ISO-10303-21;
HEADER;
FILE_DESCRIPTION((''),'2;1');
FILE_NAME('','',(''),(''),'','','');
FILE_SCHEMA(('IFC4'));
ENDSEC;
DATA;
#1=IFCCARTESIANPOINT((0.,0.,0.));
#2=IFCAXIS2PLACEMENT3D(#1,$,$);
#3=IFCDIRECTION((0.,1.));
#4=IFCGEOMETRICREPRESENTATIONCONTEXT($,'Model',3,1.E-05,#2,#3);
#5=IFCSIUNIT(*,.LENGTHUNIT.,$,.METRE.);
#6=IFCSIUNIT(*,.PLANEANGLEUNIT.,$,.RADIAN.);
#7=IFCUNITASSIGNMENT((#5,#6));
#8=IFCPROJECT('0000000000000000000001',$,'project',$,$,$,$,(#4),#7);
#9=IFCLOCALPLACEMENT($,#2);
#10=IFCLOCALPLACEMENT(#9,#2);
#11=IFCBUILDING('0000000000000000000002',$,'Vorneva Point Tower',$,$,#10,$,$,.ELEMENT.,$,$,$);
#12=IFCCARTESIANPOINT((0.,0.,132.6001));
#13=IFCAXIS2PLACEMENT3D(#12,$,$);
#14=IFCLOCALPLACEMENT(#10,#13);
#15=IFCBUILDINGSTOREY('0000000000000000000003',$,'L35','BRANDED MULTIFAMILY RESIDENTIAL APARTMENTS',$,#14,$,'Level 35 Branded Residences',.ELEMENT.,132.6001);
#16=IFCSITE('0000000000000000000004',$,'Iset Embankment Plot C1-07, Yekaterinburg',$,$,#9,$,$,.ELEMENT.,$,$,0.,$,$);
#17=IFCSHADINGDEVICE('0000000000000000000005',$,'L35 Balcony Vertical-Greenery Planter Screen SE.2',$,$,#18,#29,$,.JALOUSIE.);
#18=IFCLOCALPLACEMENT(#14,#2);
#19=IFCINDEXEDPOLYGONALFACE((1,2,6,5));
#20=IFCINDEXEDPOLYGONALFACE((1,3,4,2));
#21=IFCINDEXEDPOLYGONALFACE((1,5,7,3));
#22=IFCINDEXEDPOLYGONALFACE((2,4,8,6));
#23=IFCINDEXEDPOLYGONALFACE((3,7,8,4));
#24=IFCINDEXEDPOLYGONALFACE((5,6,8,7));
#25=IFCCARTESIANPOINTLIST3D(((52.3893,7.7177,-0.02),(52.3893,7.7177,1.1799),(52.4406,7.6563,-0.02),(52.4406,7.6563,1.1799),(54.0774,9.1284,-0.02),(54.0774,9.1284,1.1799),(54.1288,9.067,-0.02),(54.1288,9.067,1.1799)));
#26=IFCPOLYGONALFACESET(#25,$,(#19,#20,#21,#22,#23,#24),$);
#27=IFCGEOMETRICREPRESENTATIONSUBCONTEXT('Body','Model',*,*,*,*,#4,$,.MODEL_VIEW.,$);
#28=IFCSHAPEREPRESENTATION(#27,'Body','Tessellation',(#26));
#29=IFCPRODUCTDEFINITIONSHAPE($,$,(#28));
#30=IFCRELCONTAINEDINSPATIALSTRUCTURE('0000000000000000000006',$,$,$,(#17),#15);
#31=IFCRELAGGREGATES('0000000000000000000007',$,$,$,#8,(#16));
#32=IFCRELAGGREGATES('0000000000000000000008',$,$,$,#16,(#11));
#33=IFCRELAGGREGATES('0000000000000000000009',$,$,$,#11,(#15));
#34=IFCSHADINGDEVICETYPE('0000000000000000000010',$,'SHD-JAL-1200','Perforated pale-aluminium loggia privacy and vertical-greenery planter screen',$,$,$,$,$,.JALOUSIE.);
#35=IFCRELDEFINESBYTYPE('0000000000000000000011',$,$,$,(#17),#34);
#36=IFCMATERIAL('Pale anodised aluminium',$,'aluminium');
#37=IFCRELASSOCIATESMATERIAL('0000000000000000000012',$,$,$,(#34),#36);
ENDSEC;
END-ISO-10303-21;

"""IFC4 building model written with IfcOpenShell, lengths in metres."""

from ifc_helpers import new_model, si_unit, direction, frame, origin, origin_2d, place, context, subcontext, project, spatial, rectangle, extrude, material, type_object, element, save


model = new_model("IFC4")

# Units and contexts
model_context = context("Model", 3, precision=1e-05, world=origin(), true_north=direction((0.0, 1.0)))
body_context = subcontext(model_context, "Body", "Model", "MODEL_VIEW")
ifc_project = project(units=[si_unit("LENGTHUNIT", "METRE"), si_unit("PLANEANGLEUNIT", "RADIAN")], contexts=[model_context])

# Site, building, storey
site_placement = place(None, origin())
site = spatial("IfcSite", under=ifc_project, at=site_placement, Name="Iset Embankment Plot C1-07, Yekaterinburg", CompositionType="ELEMENT", RefElevation=0.0)
building_placement = place(site_placement, origin())
building = spatial("IfcBuilding", under=site, at=building_placement, Name="Vorneva Point Tower", CompositionType="ELEMENT")
storey_placement = place(building_placement, frame((0.0, 0.0, 132.6001)))
storey = spatial("IfcBuildingStorey", under=building, at=storey_placement, Name="L35", Description="BRANDED MULTIFAMILY RESIDENTIAL APARTMENTS", LongName="Level 35 Branded Residences", CompositionType="ELEMENT", Elevation=132.6001)

# Shared definitions
ifc_material_1 = material(Name="Pale anodised aluminium", Category="aluminium")

# Shading device
shading_device_type = type_object("IfcShadingDeviceType", Name="SHD-JAL-1200", Description="Perforated pale-aluminium loggia privacy and vertical-greenery planter screen", PredefinedType="JALOUSIE", material=ifc_material_1)
for number, where, z_axis, x_axis, name in (
    (1, (53.259, 8.3923, -0.02), (0.0, 0.0, 1.0), (0.767344, 0.641235, 0.0), "L35 Balcony Vertical-Greenery Planter Screen SE.2"),
):
    element("IfcShadingDevice", number, at=place(storey_placement, frame(where, z_axis=z_axis, x_axis=x_axis)), inside=storey, type_object=shading_device_type, Name=name, PredefinedType="JALOUSIE", context=body_context, shape_type="SweptSolid", body=[
        extrude(rectangle(XDim=2.2, YDim=0.0801, at=origin_2d()), origin(), (0.0, 0.0, 1.0), 1.2),
    ])

save(model, "model.ifc")
